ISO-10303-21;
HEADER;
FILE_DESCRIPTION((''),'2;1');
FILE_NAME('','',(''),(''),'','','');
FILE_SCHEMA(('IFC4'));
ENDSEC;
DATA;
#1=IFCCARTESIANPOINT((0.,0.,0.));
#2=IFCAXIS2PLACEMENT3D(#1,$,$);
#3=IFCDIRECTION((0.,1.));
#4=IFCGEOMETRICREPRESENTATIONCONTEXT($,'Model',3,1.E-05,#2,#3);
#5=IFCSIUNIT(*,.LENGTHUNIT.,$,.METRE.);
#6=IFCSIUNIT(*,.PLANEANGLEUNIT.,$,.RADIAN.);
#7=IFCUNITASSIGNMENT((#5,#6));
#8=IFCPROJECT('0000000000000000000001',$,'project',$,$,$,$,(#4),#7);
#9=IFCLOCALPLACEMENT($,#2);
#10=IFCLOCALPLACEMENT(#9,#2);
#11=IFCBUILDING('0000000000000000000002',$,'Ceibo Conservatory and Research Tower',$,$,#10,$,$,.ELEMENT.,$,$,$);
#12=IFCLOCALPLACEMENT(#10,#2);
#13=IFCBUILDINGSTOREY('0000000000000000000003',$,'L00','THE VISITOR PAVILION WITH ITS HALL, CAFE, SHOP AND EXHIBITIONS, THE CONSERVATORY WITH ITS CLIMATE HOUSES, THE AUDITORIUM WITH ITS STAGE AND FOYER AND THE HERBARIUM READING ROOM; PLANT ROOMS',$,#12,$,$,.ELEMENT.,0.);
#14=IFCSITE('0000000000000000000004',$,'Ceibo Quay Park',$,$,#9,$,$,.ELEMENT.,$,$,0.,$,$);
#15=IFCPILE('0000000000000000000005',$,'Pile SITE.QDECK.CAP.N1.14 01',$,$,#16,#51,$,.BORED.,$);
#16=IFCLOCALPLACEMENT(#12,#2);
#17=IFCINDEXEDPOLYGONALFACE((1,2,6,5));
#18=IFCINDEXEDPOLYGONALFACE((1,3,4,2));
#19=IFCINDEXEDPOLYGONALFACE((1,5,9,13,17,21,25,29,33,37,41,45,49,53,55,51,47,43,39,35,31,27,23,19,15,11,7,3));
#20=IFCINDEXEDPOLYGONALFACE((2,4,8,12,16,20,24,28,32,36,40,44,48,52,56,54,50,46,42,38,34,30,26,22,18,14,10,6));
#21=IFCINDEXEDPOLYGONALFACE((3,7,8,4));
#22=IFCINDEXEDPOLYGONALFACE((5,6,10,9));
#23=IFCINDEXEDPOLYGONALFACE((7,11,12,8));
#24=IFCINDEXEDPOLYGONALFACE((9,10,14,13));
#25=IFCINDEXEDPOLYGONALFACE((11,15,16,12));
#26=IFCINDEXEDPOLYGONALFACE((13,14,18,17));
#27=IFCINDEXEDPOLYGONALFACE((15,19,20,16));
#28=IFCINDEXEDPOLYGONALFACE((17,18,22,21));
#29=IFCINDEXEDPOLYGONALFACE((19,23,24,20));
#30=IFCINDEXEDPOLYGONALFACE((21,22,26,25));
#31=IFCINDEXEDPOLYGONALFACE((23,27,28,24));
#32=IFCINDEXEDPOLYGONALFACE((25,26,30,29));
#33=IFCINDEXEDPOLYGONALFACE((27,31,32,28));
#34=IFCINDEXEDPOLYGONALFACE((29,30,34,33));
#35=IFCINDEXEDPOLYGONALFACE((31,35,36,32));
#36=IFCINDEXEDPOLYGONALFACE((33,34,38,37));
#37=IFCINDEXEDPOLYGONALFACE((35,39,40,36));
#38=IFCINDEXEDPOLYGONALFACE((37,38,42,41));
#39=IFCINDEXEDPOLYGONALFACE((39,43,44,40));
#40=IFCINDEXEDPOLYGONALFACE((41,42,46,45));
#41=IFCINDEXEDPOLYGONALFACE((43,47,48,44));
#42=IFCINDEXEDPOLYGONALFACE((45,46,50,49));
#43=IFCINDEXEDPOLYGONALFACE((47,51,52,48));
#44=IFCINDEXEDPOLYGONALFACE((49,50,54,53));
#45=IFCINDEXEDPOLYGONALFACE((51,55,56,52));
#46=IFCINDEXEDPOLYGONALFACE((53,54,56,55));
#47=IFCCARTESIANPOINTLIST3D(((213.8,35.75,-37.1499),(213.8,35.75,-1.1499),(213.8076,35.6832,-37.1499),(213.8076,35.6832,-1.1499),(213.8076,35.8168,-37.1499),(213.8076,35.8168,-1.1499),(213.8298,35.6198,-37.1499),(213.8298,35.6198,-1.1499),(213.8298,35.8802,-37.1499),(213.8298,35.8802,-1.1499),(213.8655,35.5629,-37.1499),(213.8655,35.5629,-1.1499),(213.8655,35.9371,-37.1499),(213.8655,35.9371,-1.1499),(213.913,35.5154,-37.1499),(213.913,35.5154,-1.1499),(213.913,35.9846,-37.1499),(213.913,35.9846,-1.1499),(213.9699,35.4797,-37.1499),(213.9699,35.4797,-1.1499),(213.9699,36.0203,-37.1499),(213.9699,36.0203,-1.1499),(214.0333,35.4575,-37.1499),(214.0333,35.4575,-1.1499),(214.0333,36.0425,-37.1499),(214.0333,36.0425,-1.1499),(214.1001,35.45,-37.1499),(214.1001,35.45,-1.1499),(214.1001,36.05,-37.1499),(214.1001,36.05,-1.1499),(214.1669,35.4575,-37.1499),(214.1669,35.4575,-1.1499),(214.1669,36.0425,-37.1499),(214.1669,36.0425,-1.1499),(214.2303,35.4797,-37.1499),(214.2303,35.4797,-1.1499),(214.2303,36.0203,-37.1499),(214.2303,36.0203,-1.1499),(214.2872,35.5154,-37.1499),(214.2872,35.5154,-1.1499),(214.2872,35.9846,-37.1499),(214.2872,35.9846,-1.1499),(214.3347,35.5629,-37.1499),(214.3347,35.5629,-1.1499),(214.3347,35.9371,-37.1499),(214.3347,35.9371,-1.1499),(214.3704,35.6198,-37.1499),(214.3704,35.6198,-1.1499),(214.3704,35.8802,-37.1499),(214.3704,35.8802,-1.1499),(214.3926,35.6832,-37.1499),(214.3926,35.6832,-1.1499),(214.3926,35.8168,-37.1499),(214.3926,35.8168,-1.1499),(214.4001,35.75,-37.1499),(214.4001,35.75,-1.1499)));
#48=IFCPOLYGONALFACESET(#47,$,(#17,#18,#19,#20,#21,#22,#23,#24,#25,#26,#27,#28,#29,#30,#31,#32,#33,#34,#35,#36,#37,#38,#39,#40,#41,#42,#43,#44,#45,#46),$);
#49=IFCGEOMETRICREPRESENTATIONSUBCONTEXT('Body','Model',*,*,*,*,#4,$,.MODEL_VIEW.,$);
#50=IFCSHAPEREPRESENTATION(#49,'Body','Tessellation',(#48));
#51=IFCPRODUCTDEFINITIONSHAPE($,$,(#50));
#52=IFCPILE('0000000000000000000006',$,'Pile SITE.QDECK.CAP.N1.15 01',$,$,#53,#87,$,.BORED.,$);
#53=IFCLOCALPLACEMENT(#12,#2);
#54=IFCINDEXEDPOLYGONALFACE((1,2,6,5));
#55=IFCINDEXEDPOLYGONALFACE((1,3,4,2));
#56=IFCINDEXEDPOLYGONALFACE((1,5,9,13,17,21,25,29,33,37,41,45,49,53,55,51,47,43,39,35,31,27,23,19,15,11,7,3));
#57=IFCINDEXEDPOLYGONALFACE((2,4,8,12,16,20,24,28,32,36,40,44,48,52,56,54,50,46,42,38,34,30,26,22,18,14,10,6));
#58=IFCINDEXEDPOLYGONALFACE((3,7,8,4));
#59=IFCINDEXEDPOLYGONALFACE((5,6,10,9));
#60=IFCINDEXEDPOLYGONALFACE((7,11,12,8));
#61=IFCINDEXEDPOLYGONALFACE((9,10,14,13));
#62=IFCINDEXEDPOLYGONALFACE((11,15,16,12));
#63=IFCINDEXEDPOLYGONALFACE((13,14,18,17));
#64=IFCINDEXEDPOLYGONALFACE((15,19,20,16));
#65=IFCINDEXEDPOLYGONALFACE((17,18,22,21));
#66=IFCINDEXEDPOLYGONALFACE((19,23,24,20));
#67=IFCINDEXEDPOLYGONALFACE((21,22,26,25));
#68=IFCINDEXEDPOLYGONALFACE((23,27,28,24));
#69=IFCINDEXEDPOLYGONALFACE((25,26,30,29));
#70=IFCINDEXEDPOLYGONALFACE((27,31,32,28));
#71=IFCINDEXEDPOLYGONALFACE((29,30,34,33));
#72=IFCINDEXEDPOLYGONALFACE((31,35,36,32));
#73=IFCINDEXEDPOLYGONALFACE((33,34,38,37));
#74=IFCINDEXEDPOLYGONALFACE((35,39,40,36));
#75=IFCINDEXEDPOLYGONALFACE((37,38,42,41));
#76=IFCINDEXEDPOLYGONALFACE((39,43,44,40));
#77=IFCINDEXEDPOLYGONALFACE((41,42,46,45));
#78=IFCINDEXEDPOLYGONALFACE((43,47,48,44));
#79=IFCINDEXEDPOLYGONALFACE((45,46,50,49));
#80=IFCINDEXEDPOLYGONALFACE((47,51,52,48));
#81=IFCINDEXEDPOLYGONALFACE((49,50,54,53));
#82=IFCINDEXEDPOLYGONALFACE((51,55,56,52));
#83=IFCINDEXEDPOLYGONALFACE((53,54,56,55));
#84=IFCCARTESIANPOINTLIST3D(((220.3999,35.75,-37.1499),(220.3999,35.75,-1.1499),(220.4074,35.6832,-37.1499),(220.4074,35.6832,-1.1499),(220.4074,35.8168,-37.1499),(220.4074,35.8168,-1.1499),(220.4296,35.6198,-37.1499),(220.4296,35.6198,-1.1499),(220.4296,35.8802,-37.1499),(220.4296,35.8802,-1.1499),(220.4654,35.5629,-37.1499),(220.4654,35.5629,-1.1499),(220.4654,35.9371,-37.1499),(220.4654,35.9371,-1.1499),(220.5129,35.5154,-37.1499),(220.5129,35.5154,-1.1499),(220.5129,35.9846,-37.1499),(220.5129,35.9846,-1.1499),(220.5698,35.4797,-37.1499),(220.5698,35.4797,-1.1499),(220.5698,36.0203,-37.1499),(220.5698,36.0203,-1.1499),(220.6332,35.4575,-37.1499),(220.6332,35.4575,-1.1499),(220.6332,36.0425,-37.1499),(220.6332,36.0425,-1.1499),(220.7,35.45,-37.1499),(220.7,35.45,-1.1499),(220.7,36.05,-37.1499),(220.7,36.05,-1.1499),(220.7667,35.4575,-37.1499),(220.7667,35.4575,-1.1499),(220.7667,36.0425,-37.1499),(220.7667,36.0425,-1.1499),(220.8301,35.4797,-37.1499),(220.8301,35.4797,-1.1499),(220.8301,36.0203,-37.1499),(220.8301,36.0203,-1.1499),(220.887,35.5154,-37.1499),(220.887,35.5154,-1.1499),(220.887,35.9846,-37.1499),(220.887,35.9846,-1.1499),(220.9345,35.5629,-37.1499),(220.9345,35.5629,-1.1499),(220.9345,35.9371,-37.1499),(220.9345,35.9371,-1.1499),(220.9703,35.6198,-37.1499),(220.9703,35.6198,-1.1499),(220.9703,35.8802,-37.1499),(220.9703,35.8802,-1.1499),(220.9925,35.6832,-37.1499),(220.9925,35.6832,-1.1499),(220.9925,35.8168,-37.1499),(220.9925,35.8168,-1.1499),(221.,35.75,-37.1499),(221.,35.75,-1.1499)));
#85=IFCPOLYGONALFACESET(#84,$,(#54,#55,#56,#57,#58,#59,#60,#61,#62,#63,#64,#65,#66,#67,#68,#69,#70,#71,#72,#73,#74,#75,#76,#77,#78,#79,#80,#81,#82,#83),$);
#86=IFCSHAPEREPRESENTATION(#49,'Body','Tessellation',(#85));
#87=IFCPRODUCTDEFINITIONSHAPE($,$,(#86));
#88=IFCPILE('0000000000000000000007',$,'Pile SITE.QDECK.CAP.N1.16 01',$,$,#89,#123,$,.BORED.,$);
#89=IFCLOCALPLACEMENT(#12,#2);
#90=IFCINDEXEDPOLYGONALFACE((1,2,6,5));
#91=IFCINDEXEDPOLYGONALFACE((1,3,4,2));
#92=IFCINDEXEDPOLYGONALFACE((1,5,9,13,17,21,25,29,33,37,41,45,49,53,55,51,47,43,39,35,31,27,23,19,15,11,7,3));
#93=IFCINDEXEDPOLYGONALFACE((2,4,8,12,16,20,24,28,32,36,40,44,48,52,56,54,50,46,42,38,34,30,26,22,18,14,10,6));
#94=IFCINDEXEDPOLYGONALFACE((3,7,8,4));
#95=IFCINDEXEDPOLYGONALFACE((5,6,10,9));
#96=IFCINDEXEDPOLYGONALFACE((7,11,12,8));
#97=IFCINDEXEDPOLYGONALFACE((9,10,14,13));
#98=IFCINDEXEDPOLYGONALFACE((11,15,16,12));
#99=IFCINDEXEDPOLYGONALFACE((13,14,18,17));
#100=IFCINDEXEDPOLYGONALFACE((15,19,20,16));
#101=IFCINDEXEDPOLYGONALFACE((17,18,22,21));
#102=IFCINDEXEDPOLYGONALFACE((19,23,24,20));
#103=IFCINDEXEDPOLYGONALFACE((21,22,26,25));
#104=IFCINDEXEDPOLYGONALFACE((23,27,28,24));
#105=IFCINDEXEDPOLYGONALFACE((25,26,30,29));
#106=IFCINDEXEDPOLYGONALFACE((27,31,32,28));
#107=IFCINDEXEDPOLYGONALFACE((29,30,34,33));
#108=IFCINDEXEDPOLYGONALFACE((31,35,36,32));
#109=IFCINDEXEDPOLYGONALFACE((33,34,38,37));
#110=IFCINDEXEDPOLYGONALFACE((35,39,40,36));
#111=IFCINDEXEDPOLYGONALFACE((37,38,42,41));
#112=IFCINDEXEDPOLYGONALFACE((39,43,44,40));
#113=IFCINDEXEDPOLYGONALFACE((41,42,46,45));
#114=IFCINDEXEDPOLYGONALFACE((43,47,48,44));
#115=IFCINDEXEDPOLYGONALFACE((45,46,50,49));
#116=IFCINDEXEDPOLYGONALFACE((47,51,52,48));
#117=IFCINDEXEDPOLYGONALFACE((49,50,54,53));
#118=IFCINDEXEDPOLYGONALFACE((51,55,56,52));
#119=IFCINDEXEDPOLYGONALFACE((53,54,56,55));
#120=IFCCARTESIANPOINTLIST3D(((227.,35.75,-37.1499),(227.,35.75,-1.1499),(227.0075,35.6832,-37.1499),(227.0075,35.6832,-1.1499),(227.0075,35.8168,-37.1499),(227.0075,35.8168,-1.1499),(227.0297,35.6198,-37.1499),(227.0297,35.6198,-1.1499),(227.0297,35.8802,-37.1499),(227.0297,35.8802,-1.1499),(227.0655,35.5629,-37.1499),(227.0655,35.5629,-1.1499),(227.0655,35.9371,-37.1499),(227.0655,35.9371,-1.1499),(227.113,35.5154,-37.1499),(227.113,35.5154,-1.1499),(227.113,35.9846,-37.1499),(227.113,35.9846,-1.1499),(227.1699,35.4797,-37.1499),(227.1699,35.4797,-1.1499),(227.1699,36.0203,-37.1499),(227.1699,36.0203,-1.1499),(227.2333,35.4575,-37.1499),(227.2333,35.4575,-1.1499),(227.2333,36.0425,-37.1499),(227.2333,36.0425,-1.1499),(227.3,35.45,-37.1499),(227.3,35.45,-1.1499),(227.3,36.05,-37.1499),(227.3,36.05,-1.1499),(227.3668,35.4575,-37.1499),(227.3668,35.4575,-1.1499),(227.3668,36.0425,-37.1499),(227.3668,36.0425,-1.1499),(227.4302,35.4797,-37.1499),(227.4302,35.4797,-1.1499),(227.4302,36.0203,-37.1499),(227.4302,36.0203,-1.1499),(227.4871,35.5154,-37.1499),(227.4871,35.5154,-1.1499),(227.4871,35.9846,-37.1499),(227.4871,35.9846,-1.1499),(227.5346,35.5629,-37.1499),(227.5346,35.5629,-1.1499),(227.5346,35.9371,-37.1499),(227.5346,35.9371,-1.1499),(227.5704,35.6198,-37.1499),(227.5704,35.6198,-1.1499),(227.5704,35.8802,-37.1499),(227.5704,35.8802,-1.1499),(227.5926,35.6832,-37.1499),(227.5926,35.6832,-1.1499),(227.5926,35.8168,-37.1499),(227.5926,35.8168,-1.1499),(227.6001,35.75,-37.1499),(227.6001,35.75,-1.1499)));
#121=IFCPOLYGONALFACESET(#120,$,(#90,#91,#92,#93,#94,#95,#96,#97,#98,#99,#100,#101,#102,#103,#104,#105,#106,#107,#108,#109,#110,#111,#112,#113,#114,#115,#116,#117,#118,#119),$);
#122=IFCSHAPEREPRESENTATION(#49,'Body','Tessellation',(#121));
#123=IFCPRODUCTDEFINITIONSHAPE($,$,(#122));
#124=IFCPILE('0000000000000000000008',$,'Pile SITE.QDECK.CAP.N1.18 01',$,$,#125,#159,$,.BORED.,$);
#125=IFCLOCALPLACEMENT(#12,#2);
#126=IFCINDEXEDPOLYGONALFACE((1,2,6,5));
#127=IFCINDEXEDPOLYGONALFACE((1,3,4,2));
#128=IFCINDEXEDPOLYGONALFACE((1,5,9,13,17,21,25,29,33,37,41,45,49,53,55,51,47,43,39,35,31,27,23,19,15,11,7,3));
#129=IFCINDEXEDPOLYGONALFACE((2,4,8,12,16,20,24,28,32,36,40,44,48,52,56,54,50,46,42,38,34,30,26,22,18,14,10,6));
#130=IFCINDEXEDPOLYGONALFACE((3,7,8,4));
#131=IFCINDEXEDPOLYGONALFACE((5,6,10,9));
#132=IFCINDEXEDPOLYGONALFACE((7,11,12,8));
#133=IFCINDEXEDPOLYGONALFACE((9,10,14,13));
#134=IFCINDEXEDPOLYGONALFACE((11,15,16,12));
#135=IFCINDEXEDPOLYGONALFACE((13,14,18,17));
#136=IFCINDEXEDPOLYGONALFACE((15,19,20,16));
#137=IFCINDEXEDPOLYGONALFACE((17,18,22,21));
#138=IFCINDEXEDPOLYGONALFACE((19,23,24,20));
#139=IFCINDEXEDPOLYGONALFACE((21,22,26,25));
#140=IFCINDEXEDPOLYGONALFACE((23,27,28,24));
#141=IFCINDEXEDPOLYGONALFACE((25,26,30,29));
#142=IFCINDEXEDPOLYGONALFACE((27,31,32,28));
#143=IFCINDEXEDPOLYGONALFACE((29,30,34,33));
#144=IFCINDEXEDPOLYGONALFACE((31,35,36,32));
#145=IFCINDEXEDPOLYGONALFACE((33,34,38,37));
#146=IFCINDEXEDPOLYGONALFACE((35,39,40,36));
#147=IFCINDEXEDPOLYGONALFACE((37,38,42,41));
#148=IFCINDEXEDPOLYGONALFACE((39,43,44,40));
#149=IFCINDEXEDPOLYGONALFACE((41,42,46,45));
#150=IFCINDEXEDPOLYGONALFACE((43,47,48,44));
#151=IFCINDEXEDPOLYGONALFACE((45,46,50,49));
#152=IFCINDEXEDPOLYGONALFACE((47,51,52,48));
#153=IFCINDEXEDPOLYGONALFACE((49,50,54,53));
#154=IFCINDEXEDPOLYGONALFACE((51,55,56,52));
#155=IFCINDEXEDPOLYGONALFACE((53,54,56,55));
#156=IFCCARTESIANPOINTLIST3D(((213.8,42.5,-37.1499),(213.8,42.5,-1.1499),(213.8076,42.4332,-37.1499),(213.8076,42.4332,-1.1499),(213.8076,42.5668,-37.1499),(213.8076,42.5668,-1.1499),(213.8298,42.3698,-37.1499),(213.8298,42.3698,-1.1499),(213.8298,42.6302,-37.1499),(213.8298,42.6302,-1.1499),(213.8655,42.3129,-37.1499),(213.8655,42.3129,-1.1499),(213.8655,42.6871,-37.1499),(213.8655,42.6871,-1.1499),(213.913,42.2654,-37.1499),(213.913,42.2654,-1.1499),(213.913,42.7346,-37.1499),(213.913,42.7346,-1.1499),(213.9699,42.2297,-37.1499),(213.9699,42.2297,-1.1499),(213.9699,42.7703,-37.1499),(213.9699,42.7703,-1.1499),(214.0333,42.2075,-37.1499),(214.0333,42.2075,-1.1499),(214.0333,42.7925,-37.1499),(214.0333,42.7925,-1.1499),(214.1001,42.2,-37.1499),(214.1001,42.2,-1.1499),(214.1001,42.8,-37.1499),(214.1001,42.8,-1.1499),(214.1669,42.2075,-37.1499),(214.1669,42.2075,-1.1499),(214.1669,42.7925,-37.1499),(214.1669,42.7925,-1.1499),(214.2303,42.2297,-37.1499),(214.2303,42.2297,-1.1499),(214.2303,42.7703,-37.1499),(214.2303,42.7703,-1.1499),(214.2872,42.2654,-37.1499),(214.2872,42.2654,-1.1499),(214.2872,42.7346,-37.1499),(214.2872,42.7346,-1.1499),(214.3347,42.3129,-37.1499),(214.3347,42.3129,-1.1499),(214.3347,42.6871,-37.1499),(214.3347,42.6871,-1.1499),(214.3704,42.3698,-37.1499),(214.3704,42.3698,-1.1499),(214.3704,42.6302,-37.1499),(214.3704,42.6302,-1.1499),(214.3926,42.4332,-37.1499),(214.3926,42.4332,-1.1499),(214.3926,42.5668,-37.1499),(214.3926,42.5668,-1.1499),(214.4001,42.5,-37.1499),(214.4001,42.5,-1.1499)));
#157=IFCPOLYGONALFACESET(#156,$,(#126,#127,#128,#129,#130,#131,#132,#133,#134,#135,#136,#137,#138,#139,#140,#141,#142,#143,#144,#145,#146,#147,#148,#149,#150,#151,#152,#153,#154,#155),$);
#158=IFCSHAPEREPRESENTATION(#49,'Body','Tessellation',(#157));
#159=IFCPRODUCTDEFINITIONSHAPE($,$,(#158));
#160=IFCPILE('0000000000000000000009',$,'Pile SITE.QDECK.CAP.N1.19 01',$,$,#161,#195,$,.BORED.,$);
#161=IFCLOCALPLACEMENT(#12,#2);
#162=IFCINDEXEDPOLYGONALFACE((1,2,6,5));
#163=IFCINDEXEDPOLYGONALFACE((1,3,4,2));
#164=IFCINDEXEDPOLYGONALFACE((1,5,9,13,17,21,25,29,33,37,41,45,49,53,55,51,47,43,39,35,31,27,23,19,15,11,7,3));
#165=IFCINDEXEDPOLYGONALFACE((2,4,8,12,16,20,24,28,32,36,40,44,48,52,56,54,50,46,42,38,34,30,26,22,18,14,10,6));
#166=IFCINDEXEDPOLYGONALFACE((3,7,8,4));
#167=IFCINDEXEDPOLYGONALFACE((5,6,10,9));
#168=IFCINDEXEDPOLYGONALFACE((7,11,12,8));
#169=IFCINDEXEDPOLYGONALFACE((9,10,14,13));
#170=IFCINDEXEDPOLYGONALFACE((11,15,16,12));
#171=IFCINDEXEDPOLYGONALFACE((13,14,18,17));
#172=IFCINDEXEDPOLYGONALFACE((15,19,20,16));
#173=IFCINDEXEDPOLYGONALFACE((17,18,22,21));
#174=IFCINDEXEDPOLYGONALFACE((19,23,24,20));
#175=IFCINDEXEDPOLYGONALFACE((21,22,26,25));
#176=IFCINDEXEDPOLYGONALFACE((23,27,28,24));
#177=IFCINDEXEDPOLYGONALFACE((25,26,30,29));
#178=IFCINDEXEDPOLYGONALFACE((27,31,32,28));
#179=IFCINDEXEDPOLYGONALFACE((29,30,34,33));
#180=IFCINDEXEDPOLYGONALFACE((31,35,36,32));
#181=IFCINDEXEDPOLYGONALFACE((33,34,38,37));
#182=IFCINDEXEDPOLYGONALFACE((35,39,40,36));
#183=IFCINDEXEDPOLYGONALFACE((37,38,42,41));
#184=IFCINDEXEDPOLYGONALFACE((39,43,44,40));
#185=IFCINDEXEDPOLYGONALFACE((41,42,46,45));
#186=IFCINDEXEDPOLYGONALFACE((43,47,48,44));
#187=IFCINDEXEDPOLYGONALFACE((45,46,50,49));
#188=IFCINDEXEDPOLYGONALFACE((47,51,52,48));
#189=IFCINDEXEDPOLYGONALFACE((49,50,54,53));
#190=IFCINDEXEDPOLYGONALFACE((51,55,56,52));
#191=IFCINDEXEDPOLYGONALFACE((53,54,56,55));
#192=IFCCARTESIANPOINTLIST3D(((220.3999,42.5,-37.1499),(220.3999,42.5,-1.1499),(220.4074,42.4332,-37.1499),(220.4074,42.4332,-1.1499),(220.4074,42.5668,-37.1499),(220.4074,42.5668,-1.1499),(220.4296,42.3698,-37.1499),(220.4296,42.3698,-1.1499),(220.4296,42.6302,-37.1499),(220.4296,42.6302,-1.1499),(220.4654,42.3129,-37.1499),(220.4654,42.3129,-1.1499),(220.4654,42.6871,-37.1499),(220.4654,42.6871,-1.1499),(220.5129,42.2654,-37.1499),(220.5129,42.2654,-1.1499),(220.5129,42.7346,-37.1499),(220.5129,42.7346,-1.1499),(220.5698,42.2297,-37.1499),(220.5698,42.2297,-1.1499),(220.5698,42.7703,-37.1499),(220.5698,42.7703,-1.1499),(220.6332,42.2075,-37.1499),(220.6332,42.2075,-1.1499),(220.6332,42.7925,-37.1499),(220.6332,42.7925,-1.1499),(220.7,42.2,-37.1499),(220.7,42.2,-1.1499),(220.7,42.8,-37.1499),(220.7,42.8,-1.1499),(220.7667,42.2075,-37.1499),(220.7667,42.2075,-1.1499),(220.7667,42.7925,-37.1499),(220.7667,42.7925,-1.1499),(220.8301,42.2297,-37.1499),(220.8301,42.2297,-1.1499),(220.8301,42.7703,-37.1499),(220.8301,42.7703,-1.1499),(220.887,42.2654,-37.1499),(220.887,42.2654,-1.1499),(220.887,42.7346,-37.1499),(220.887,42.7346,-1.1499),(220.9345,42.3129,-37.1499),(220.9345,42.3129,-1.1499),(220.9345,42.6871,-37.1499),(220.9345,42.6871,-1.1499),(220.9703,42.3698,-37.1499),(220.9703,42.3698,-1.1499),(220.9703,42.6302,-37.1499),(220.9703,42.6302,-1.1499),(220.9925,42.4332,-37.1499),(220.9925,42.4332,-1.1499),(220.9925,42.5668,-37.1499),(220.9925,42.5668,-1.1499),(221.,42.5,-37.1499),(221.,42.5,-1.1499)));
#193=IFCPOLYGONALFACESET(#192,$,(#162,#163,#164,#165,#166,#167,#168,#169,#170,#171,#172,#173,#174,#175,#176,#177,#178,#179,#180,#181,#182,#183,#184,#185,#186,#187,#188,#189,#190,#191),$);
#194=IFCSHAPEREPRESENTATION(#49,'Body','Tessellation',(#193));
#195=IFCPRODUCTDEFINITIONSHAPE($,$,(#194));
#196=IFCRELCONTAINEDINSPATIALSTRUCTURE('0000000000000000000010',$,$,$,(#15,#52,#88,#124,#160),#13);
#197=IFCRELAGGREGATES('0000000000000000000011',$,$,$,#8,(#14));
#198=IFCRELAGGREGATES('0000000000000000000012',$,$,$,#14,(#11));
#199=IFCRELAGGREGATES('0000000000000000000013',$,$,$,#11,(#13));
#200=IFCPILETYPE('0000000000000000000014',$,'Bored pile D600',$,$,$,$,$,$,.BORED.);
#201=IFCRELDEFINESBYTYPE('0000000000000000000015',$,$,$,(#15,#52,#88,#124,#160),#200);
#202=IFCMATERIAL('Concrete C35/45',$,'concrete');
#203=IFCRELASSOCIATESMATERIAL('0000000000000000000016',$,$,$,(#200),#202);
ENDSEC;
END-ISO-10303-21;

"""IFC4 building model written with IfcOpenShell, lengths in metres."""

from ifc_helpers import new_model, si_unit, direction, frame, origin, origin_2d, place, context, subcontext, project, spatial, circle, extrude, material, material_profile, profile_set, type_object, element, save


model = new_model("IFC4")

# Units and contexts
model_context = context("Model", 3, precision=1e-05, world=origin(), true_north=direction((0.0, 1.0)))
body_context = subcontext(model_context, "Body", "Model", "MODEL_VIEW")
ifc_project = project(units=[si_unit("LENGTHUNIT", "METRE"), si_unit("PLANEANGLEUNIT", "RADIAN")], contexts=[model_context])

# Site, building, storey
site_placement = place(None, origin())
site = spatial("IfcSite", under=ifc_project, at=site_placement, Name="Ceibo Quay Park", CompositionType="ELEMENT", RefElevation=0.0)
building_placement = place(site_placement, origin())
building = spatial("IfcBuilding", under=site, at=building_placement, Name="Ceibo Conservatory and Research Tower", CompositionType="ELEMENT")
storey_placement = place(building_placement, origin())
storey = spatial("IfcBuildingStorey", under=building, at=storey_placement, Name="L00", Description="THE VISITOR PAVILION WITH ITS HALL, CAFE, SHOP AND EXHIBITIONS, THE CONSERVATORY WITH ITS CLIMATE HOUSES, THE AUDITORIUM WITH ITS STAGE AND FOYER AND THE HERBARIUM READING ROOM; PLANT ROOMS", CompositionType="ELEMENT", Elevation=0.0)

# Piles
ifc_material_1 = material(Name="Concrete C35/45", Category="concrete")
ifc_material_profile = material_profile(ifc_material_1, circle(Radius=0.3, at=origin_2d()), Name="RC D600")
ifc_profile_set = profile_set([ifc_material_profile], Name="Concrete C35/45")
pile_type = type_object("IfcPileType", Name="Bored pile D600", PredefinedType="BORED", material=ifc_profile_set)
for number, where, z_axis, x_axis, name in (
    (1, (214.1001, 35.75, -1.1499), (0.0, 0.0, -1.0), (1.0, 0.0, 0.0), "Pile SITE.QDECK.CAP.N1.14 01"),
    (2, (220.7, 35.75, -1.1499), (0.0, 0.0, -1.0), (1.0, 0.0, 0.0), "Pile SITE.QDECK.CAP.N1.15 01"),
    (3, (227.3, 35.75, -1.1499), (0.0, 0.0, -1.0), (1.0, 0.0, 0.0), "Pile SITE.QDECK.CAP.N1.16 01"),
    (4, (214.1001, 42.5, -1.1499), (0.0, 0.0, -1.0), (1.0, 0.0, 0.0), "Pile SITE.QDECK.CAP.N1.18 01"),
    (5, (220.7, 42.5, -1.1499), (0.0, 0.0, -1.0), (1.0, 0.0, 0.0), "Pile SITE.QDECK.CAP.N1.19 01"),
):
    element("IfcPile", number, at=place(storey_placement, frame(where, z_axis=z_axis, x_axis=x_axis)), inside=storey, type_object=pile_type, Name=name, PredefinedType="BORED", context=body_context, shape_type="SweptSolid", body=[
        extrude(circle(Radius=0.3, at=origin_2d()), origin(), (0.0, 0.0, 1.0), 36.0),
    ])

save(model, "model.ifc")
